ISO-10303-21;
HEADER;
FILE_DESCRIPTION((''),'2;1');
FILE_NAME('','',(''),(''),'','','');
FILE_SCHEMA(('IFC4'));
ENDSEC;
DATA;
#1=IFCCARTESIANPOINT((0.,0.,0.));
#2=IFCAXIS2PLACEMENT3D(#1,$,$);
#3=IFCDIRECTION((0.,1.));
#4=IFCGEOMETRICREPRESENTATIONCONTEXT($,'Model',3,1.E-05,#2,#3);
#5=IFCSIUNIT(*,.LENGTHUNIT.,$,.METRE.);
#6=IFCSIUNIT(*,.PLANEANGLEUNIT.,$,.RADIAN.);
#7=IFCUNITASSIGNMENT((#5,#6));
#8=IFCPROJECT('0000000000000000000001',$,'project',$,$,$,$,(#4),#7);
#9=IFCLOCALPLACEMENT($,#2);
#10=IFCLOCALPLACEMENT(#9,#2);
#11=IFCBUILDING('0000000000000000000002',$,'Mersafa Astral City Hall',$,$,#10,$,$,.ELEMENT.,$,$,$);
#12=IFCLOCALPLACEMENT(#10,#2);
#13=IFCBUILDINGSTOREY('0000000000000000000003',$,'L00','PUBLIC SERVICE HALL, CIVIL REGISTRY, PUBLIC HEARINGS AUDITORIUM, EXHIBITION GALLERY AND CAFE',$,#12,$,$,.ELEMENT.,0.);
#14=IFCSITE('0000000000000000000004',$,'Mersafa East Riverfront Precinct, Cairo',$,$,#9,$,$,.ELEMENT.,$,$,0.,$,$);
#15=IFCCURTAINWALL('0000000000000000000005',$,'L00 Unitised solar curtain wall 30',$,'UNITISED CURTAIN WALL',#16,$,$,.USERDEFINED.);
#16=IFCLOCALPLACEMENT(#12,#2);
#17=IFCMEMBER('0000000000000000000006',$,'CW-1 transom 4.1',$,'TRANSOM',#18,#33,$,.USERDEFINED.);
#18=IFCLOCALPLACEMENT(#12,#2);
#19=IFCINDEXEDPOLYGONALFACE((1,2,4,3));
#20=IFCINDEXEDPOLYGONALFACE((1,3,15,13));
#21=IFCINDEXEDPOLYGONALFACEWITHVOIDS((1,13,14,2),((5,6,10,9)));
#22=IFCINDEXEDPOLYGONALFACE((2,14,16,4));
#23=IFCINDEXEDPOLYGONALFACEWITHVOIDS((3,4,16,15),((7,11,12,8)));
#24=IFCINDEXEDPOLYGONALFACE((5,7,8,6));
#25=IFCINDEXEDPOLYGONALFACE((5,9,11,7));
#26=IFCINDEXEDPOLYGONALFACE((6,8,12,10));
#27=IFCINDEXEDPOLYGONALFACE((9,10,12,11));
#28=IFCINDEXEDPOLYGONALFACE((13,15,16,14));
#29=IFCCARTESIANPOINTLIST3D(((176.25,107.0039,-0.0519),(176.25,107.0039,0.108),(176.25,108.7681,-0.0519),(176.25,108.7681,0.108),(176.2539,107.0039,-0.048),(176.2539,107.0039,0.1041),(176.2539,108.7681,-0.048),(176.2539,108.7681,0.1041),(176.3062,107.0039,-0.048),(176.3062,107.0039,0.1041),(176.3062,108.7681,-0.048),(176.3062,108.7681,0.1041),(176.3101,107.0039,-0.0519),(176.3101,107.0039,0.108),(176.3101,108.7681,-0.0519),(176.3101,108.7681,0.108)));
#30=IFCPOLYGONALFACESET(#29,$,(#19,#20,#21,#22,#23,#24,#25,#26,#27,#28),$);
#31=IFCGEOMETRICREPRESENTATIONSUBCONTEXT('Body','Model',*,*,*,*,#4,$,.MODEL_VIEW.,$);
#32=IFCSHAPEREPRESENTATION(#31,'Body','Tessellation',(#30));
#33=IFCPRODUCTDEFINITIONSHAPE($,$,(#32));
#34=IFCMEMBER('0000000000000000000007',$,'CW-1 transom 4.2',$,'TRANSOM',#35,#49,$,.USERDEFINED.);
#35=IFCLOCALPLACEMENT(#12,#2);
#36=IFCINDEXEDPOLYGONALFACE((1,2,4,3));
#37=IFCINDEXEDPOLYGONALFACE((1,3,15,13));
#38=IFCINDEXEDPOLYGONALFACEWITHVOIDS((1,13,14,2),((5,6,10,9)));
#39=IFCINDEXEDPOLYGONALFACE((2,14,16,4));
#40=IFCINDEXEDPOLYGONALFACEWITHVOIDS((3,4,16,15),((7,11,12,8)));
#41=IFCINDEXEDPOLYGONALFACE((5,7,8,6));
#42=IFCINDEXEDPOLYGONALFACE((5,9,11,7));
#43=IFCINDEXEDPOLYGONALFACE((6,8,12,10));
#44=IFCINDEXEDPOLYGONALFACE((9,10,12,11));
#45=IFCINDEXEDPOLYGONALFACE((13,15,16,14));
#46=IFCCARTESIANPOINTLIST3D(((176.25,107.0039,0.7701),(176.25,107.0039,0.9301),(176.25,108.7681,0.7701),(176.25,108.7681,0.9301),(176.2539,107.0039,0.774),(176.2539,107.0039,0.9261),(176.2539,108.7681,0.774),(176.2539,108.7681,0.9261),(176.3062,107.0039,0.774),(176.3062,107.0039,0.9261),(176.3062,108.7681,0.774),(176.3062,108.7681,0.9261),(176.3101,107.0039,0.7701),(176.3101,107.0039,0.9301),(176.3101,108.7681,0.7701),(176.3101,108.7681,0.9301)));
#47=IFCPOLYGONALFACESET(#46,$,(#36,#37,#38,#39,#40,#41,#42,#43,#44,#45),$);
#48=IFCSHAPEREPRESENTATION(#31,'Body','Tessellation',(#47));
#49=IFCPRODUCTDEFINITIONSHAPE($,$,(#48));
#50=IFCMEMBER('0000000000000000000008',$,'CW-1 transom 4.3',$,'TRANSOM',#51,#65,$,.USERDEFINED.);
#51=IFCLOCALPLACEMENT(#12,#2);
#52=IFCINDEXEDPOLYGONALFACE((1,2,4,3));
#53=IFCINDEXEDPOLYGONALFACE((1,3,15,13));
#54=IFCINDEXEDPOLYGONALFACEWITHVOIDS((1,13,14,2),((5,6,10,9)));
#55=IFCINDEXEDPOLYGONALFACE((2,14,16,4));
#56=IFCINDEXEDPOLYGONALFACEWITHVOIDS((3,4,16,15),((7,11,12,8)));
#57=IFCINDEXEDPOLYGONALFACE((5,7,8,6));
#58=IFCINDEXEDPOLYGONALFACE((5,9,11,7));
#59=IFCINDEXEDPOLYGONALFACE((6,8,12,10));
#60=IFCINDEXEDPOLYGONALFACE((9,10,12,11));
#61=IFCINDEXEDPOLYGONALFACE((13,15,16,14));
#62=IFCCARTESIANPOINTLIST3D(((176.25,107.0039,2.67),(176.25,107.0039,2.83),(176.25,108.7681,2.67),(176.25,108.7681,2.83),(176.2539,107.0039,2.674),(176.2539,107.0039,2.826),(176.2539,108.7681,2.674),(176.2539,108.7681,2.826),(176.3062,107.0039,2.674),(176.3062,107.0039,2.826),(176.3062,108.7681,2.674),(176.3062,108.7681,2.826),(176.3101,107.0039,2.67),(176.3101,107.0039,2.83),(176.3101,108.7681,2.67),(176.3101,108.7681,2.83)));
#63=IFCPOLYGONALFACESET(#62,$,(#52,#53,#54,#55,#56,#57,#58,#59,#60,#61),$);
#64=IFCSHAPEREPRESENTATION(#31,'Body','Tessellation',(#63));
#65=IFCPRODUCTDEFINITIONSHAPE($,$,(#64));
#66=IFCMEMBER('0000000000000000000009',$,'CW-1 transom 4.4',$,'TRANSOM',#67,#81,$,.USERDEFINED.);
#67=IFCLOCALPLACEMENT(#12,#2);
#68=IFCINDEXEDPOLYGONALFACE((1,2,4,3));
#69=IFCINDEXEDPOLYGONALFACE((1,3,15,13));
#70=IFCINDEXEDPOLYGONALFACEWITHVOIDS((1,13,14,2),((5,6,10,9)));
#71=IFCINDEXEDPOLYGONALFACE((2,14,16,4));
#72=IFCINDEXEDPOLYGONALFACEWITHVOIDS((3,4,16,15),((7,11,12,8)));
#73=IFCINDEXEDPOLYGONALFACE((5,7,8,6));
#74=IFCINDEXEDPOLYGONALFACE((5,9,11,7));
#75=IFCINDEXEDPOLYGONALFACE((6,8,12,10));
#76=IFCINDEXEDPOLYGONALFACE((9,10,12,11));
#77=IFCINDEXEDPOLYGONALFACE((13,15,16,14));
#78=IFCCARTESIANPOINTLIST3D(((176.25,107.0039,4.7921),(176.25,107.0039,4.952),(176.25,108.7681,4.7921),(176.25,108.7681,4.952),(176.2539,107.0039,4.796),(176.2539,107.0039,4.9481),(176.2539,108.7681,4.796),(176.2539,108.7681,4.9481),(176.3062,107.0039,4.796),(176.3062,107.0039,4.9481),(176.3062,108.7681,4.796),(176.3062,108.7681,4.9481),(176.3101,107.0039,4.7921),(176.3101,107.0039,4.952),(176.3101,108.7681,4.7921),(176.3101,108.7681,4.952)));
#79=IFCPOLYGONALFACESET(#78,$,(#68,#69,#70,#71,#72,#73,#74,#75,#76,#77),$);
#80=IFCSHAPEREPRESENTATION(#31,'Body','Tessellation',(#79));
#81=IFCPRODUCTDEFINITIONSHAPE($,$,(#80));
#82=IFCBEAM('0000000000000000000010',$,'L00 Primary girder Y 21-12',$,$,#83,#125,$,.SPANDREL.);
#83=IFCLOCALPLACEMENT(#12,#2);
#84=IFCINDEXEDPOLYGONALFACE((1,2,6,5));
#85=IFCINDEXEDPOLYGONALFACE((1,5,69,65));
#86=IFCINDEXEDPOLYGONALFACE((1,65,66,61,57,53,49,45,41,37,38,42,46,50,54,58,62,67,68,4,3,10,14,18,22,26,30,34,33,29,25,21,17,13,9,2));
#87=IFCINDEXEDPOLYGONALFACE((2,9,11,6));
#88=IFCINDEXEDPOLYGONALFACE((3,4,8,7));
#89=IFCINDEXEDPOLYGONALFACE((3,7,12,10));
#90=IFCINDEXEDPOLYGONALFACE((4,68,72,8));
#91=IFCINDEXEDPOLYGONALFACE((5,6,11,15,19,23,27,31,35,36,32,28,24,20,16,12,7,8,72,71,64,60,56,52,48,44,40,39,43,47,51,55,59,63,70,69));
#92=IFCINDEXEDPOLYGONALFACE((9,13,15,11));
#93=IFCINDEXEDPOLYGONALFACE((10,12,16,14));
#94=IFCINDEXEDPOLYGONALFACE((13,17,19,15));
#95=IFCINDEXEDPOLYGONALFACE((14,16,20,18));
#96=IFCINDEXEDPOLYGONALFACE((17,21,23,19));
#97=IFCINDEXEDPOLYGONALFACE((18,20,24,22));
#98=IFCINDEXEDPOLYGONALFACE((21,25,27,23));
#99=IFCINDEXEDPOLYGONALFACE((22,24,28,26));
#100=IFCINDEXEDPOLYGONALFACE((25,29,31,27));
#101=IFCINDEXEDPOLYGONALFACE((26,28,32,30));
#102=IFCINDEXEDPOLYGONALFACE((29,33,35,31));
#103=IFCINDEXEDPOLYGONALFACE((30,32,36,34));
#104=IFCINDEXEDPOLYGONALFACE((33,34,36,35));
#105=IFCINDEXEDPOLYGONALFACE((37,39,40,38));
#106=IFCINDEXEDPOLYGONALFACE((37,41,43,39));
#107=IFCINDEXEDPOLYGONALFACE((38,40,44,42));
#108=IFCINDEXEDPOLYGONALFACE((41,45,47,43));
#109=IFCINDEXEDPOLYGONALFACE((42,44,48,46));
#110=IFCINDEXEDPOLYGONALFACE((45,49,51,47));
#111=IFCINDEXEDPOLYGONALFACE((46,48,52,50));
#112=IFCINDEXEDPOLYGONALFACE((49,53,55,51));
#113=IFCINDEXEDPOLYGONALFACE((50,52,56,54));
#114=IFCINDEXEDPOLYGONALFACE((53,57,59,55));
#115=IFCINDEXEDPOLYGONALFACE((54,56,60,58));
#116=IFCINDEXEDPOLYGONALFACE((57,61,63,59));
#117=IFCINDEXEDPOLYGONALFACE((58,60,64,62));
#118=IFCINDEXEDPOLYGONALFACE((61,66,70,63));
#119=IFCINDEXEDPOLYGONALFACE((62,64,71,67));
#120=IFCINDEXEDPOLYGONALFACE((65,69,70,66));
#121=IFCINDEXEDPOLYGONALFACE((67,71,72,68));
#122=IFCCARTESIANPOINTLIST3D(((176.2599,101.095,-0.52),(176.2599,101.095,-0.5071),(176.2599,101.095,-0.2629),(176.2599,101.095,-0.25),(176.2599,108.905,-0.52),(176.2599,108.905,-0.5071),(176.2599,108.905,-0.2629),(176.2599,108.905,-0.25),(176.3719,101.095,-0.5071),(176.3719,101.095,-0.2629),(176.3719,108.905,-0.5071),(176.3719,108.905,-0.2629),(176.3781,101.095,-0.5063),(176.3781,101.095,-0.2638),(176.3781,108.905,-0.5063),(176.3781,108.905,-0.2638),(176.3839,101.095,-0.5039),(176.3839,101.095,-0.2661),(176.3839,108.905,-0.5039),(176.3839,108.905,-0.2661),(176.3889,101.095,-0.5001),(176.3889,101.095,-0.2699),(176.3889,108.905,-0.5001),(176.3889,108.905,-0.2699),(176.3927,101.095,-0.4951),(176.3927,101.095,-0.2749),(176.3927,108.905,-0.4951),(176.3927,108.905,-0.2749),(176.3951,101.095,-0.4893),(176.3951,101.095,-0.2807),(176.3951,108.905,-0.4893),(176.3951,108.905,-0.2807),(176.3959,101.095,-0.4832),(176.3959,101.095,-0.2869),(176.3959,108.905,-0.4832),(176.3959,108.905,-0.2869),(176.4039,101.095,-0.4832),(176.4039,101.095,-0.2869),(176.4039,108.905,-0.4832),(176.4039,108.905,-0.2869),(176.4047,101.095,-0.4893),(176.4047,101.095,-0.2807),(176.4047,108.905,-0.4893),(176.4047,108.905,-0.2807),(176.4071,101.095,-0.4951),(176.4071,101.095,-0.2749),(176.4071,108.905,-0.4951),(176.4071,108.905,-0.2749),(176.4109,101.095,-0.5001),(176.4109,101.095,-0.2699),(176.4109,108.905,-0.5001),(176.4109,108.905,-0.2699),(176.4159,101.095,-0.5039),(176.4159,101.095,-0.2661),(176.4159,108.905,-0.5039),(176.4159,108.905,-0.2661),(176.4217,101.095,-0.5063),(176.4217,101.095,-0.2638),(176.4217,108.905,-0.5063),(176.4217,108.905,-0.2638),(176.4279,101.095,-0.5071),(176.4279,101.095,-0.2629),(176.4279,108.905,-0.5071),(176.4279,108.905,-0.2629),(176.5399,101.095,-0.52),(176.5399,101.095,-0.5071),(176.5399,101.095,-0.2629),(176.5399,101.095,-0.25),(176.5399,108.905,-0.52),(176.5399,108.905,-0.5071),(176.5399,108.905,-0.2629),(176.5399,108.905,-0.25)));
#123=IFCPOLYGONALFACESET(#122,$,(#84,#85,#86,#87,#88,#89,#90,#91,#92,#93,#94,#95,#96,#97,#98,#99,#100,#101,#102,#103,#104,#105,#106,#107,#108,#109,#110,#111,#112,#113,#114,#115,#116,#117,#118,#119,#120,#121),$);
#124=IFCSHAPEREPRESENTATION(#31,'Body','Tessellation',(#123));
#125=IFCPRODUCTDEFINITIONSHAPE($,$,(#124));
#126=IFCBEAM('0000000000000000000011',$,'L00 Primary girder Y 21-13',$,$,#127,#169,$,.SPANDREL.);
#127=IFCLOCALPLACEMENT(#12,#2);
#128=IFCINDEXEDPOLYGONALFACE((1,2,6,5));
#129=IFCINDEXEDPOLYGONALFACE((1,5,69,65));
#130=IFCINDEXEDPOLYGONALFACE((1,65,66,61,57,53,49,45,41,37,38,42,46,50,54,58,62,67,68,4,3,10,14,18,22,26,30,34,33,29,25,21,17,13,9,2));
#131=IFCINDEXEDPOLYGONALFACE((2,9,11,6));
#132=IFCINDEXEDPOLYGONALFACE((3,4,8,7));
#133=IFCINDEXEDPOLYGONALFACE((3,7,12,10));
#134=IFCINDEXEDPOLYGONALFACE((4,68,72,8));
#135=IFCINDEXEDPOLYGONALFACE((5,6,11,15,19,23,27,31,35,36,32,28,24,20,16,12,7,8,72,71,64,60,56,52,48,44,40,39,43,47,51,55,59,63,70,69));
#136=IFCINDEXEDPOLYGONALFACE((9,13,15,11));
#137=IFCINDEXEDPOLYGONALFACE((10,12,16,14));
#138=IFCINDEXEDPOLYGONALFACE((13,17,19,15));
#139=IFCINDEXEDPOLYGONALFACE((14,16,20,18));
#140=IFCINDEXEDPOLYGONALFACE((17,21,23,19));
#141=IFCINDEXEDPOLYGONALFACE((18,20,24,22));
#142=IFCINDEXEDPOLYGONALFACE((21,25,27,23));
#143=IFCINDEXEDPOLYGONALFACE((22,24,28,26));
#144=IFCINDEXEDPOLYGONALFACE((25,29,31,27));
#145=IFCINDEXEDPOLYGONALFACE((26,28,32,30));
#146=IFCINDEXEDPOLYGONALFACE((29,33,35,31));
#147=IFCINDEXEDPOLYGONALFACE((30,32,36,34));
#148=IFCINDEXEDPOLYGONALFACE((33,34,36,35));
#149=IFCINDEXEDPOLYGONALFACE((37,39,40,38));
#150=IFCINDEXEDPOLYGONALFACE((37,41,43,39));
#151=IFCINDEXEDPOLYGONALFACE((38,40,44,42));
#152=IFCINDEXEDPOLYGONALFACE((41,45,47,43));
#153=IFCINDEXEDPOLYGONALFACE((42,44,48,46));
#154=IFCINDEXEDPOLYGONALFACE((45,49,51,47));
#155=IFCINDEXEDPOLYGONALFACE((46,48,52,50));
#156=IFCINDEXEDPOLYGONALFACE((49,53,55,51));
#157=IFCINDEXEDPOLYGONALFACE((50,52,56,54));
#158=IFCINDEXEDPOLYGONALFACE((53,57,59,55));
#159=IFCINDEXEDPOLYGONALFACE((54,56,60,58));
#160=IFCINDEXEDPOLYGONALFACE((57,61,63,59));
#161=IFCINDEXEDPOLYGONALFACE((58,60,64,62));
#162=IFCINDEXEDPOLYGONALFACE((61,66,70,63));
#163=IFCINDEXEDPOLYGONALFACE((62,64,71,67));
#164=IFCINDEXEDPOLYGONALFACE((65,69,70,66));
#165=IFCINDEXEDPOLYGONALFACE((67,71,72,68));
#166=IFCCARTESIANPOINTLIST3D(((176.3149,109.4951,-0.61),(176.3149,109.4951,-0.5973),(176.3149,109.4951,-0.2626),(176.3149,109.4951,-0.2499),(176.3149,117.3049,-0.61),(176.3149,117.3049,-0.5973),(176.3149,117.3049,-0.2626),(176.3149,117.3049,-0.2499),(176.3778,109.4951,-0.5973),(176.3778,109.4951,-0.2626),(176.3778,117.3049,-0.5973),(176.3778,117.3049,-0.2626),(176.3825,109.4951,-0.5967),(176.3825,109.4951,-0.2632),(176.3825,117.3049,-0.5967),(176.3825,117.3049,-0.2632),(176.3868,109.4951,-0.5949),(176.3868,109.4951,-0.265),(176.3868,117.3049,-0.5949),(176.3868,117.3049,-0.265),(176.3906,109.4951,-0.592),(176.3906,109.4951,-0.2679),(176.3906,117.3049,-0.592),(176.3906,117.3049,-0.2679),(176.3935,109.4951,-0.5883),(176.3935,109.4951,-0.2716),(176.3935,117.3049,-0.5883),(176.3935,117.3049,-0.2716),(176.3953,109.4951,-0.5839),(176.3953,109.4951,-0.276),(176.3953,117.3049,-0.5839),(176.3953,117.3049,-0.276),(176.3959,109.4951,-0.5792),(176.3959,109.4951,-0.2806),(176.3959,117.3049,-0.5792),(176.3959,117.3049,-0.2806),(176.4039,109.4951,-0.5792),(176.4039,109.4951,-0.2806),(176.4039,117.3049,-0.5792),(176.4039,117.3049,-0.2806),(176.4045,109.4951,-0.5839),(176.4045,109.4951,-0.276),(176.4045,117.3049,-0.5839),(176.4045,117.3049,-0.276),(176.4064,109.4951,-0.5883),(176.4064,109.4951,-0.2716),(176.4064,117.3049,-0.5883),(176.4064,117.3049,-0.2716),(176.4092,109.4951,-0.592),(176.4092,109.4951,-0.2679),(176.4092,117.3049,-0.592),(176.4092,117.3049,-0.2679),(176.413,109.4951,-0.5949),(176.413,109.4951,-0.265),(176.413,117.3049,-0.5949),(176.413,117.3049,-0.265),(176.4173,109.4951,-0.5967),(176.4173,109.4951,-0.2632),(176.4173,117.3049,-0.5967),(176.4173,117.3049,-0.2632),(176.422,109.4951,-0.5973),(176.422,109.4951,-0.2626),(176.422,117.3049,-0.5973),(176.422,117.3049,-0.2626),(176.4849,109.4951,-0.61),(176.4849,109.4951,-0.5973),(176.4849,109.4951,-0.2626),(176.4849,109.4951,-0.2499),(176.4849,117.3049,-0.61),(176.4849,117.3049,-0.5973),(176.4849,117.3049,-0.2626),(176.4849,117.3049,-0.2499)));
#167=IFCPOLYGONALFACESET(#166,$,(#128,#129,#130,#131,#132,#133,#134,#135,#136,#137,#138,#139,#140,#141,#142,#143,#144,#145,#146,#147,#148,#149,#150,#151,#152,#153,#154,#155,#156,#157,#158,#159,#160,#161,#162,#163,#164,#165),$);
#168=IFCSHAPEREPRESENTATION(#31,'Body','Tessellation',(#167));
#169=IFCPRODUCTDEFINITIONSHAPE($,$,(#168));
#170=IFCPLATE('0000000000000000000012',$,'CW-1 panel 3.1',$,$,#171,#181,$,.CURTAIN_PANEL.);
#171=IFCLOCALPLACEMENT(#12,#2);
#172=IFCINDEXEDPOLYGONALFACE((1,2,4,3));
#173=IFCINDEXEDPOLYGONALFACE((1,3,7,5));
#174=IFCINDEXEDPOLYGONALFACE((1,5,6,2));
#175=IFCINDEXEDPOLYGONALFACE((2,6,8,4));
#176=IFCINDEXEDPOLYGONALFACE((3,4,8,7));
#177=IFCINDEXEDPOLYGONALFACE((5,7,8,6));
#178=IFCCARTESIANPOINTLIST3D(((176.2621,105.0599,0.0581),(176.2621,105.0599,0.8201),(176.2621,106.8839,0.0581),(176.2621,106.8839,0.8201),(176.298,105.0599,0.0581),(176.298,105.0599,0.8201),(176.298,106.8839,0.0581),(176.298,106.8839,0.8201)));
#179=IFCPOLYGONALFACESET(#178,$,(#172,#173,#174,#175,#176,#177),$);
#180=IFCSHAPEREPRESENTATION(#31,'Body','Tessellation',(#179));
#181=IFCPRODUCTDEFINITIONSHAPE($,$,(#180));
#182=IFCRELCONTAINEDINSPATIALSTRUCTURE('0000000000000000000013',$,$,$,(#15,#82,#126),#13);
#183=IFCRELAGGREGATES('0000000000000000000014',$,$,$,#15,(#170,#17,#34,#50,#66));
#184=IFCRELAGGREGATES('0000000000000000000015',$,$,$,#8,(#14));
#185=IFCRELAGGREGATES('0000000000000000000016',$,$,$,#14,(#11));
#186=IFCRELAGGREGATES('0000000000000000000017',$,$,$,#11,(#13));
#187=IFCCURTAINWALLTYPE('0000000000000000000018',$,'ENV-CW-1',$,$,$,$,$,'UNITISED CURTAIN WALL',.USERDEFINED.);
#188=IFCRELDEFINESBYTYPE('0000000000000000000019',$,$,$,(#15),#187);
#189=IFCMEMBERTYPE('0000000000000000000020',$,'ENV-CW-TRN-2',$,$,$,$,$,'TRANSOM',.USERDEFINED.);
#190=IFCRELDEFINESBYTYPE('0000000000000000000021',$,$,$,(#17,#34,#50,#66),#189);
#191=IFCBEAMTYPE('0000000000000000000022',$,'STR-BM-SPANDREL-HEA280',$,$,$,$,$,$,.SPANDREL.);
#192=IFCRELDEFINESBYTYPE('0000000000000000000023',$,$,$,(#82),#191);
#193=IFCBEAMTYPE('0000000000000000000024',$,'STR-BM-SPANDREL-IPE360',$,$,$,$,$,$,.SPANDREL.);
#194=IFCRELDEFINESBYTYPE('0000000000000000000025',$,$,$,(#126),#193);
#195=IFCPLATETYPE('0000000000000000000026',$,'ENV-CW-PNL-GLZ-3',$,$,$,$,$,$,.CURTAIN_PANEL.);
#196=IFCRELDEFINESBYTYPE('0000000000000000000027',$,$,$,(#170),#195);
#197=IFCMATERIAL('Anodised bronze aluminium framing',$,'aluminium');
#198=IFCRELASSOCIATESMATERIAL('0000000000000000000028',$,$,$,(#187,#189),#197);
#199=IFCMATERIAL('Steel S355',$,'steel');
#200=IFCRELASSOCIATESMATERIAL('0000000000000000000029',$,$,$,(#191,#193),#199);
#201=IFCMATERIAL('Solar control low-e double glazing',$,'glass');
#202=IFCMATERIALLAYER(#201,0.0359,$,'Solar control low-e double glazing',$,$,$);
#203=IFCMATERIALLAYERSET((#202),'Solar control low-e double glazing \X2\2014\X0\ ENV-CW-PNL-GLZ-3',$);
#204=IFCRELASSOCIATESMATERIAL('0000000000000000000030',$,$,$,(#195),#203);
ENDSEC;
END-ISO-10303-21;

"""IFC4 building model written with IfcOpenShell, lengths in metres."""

from ifc_helpers import new_model, si_unit, direction, frame, origin, origin_2d, place, context, subcontext, project, spatial, rectangle, hollow_rectangle, i_section, extrude, material, layer, layer_set, material_profile, profile_set, type_object, element, aggregate, save


model = new_model("IFC4")

# Units and contexts
model_context = context("Model", 3, precision=1e-05, world=origin(), true_north=direction((0.0, 1.0)))
body_context = subcontext(model_context, "Body", "Model", "MODEL_VIEW")
ifc_project = project(units=[si_unit("LENGTHUNIT", "METRE"), si_unit("PLANEANGLEUNIT", "RADIAN")], contexts=[model_context])

# Site, building, storey
site_placement = place(None, origin())
site = spatial("IfcSite", under=ifc_project, at=site_placement, Name="Mersafa East Riverfront Precinct, Cairo", CompositionType="ELEMENT", RefElevation=0.0)
building_placement = place(site_placement, origin())
building = spatial("IfcBuilding", under=site, at=building_placement, Name="Mersafa Astral City Hall", CompositionType="ELEMENT")
storey_placement = place(building_placement, origin())
storey = spatial("IfcBuildingStorey", under=building, at=storey_placement, Name="L00", Description="PUBLIC SERVICE HALL, CIVIL REGISTRY, PUBLIC HEARINGS AUDITORIUM, EXHIBITION GALLERY AND CAFE", CompositionType="ELEMENT", Elevation=0.0)

# Shared definitions
ifc_material_1 = material(Name="Steel S355", Category="steel")

# Curtain wall, members
ifc_material_2 = material(Name="Anodised bronze aluminium framing", Category="aluminium")
curtain_wall_type = type_object("IfcCurtainWallType", Name="ENV-CW-1", ElementType="UNITISED CURTAIN WALL", PredefinedType="USERDEFINED", material=ifc_material_2)
curtain_wall_placement = place(storey_placement, origin())
curtain_wall = element("IfcCurtainWall", 1, at=curtain_wall_placement, inside=storey, type_object=curtain_wall_type, Name="L00 Unitised solar curtain wall 30", ObjectType="UNITISED CURTAIN WALL", PredefinedType="USERDEFINED")
ifc_material_profile_1 = material_profile(ifc_material_2, hollow_rectangle(XDim=0.0601, YDim=0.1599, WallThickness=0.0039, at=origin_2d()), Name="RHS 60x160x4")
ifc_profile_set_1 = profile_set([ifc_material_profile_1], Name="Anodised bronze aluminium framing")
member_type_1 = type_object("IfcMemberType", Name="ENV-CW-TRN-2", ElementType="TRANSOM", PredefinedType="USERDEFINED", material=ifc_profile_set_1)
member_1_placement = place(storey_placement, frame((176.28, 107.0039, 0.0281), z_axis=(0.0, 1.0, 0.0), x_axis=(-1.0, 0.0, 0.0)))
member_1 = element("IfcMember", 2, at=member_1_placement, type_object=member_type_1, Name="CW-1 transom 4.1", ObjectType="TRANSOM", PredefinedType="USERDEFINED", context=body_context, shape_type="SweptSolid", body=[
    extrude(hollow_rectangle(XDim=0.0601, YDim=0.1599, WallThickness=0.0039, at=origin_2d()), origin(), (0.0, 0.0, 1.0), 1.7642),
])
member_2_placement = place(storey_placement, frame((176.28, 107.0039, 0.8501), z_axis=(0.0, 1.0, 0.0), x_axis=(-1.0, 0.0, 0.0)))
member_2 = element("IfcMember", 3, at=member_2_placement, type_object=member_type_1, Name="CW-1 transom 4.2", ObjectType="TRANSOM", PredefinedType="USERDEFINED", context=body_context, shape_type="SweptSolid", body=[
    extrude(hollow_rectangle(XDim=0.0601, YDim=0.1599, WallThickness=0.0039, at=origin_2d()), origin(), (0.0, 0.0, 1.0), 1.7642),
])
member_3_placement = place(storey_placement, frame((176.28, 107.0039, 2.75), z_axis=(0.0, 1.0, 0.0), x_axis=(-1.0, 0.0, 0.0)))
member_3 = element("IfcMember", 4, at=member_3_placement, type_object=member_type_1, Name="CW-1 transom 4.3", ObjectType="TRANSOM", PredefinedType="USERDEFINED", context=body_context, shape_type="SweptSolid", body=[
    extrude(hollow_rectangle(XDim=0.0601, YDim=0.1599, WallThickness=0.0039, at=origin_2d()), origin(), (0.0, 0.0, 1.0), 1.7642),
])
member_4_placement = place(storey_placement, frame((176.28, 107.0039, 4.8721), z_axis=(0.0, 1.0, 0.0), x_axis=(-1.0, 0.0, 0.0)))
member_4 = element("IfcMember", 5, at=member_4_placement, type_object=member_type_1, Name="CW-1 transom 4.4", ObjectType="TRANSOM", PredefinedType="USERDEFINED", context=body_context, shape_type="SweptSolid", body=[
    extrude(hollow_rectangle(XDim=0.0601, YDim=0.1599, WallThickness=0.0039, at=origin_2d()), origin(), (0.0, 0.0, 1.0), 1.7642),
])

# Beams
ifc_material_profile_2 = material_profile(ifc_material_1, i_section(OverallWidth=0.28, OverallDepth=0.27, WebThickness=0.0081, FlangeThickness=0.0129, FilletRadius=0.0239, at=origin_2d()), Name="HEA 280")
ifc_profile_set_2 = profile_set([ifc_material_profile_2], Name="Steel S355")
beam_type_1 = type_object("IfcBeamType", Name="STR-BM-SPANDREL-HEA280", PredefinedType="SPANDREL", material=ifc_profile_set_2)
beam_1_placement = place(storey_placement, frame((176.3999, 101.095, -0.385), z_axis=(0.0, 1.0, 0.0), x_axis=(-1.0, 0.0, 0.0)))
element("IfcBeam", 6, at=beam_1_placement, inside=storey, type_object=beam_type_1, Name="L00 Primary girder Y 21-12", PredefinedType="SPANDREL", context=body_context, shape_type="SweptSolid", body=[
    extrude(i_section(OverallWidth=0.28, OverallDepth=0.27, WebThickness=0.0081, FlangeThickness=0.0129, FilletRadius=0.0239, at=origin_2d()), origin(), (0.0, 0.0, 1.0), 7.8101),
])
ifc_material_profile_3 = material_profile(ifc_material_1, i_section(OverallWidth=0.1699, OverallDepth=0.3601, WebThickness=0.0081, FlangeThickness=0.0127, FilletRadius=0.0181, at=origin_2d()), Name="IPE 360")
ifc_profile_set_3 = profile_set([ifc_material_profile_3], Name="Steel S355")
beam_type_2 = type_object("IfcBeamType", Name="STR-BM-SPANDREL-IPE360", PredefinedType="SPANDREL", material=ifc_profile_set_3)
beam_2_placement = place(storey_placement, frame((176.3999, 109.4951, -0.4299), z_axis=(0.0, 1.0, 0.0), x_axis=(-1.0, 0.0, 0.0)))
element("IfcBeam", 7, at=beam_2_placement, inside=storey, type_object=beam_type_2, Name="L00 Primary girder Y 21-13", PredefinedType="SPANDREL", context=body_context, shape_type="SweptSolid", body=[
    extrude(i_section(OverallWidth=0.1699, OverallDepth=0.3601, WebThickness=0.0081, FlangeThickness=0.0127, FilletRadius=0.0181, at=origin_2d()), origin(), (0.0, 0.0, 1.0), 7.8098),
])

# Plate
ifc_material_3 = material(Name="Solar control low-e double glazing", Category="glass")
ifc_layer_1 = layer(ifc_material_3, 0.0359, Name="Solar control low-e double glazing")
ifc_layer_set_1 = layer_set([ifc_layer_1], Name="Solar control low-e double glazing — ENV-CW-PNL-GLZ-3")
plate_type = type_object("IfcPlateType", Name="ENV-CW-PNL-GLZ-3", PredefinedType="CURTAIN_PANEL", material=ifc_layer_set_1)
plate_1_placement = place(storey_placement, frame((176.28, 105.9719, 0.0581), z_axis=(0.0, 0.0, 1.0), x_axis=(0.0, 1.0, 0.0)))
plate_1 = element("IfcPlate", 8, at=plate_1_placement, type_object=plate_type, Name="CW-1 panel 3.1", PredefinedType="CURTAIN_PANEL", context=body_context, shape_type="SweptSolid", body=[
    extrude(rectangle(XDim=1.824, YDim=0.0359, at=origin_2d()), origin(), (0.0, 0.0, 1.0), 0.762),
])
aggregate(curtain_wall, [plate_1, member_1, member_2, member_3, member_4])

save(model, "model.ifc")
